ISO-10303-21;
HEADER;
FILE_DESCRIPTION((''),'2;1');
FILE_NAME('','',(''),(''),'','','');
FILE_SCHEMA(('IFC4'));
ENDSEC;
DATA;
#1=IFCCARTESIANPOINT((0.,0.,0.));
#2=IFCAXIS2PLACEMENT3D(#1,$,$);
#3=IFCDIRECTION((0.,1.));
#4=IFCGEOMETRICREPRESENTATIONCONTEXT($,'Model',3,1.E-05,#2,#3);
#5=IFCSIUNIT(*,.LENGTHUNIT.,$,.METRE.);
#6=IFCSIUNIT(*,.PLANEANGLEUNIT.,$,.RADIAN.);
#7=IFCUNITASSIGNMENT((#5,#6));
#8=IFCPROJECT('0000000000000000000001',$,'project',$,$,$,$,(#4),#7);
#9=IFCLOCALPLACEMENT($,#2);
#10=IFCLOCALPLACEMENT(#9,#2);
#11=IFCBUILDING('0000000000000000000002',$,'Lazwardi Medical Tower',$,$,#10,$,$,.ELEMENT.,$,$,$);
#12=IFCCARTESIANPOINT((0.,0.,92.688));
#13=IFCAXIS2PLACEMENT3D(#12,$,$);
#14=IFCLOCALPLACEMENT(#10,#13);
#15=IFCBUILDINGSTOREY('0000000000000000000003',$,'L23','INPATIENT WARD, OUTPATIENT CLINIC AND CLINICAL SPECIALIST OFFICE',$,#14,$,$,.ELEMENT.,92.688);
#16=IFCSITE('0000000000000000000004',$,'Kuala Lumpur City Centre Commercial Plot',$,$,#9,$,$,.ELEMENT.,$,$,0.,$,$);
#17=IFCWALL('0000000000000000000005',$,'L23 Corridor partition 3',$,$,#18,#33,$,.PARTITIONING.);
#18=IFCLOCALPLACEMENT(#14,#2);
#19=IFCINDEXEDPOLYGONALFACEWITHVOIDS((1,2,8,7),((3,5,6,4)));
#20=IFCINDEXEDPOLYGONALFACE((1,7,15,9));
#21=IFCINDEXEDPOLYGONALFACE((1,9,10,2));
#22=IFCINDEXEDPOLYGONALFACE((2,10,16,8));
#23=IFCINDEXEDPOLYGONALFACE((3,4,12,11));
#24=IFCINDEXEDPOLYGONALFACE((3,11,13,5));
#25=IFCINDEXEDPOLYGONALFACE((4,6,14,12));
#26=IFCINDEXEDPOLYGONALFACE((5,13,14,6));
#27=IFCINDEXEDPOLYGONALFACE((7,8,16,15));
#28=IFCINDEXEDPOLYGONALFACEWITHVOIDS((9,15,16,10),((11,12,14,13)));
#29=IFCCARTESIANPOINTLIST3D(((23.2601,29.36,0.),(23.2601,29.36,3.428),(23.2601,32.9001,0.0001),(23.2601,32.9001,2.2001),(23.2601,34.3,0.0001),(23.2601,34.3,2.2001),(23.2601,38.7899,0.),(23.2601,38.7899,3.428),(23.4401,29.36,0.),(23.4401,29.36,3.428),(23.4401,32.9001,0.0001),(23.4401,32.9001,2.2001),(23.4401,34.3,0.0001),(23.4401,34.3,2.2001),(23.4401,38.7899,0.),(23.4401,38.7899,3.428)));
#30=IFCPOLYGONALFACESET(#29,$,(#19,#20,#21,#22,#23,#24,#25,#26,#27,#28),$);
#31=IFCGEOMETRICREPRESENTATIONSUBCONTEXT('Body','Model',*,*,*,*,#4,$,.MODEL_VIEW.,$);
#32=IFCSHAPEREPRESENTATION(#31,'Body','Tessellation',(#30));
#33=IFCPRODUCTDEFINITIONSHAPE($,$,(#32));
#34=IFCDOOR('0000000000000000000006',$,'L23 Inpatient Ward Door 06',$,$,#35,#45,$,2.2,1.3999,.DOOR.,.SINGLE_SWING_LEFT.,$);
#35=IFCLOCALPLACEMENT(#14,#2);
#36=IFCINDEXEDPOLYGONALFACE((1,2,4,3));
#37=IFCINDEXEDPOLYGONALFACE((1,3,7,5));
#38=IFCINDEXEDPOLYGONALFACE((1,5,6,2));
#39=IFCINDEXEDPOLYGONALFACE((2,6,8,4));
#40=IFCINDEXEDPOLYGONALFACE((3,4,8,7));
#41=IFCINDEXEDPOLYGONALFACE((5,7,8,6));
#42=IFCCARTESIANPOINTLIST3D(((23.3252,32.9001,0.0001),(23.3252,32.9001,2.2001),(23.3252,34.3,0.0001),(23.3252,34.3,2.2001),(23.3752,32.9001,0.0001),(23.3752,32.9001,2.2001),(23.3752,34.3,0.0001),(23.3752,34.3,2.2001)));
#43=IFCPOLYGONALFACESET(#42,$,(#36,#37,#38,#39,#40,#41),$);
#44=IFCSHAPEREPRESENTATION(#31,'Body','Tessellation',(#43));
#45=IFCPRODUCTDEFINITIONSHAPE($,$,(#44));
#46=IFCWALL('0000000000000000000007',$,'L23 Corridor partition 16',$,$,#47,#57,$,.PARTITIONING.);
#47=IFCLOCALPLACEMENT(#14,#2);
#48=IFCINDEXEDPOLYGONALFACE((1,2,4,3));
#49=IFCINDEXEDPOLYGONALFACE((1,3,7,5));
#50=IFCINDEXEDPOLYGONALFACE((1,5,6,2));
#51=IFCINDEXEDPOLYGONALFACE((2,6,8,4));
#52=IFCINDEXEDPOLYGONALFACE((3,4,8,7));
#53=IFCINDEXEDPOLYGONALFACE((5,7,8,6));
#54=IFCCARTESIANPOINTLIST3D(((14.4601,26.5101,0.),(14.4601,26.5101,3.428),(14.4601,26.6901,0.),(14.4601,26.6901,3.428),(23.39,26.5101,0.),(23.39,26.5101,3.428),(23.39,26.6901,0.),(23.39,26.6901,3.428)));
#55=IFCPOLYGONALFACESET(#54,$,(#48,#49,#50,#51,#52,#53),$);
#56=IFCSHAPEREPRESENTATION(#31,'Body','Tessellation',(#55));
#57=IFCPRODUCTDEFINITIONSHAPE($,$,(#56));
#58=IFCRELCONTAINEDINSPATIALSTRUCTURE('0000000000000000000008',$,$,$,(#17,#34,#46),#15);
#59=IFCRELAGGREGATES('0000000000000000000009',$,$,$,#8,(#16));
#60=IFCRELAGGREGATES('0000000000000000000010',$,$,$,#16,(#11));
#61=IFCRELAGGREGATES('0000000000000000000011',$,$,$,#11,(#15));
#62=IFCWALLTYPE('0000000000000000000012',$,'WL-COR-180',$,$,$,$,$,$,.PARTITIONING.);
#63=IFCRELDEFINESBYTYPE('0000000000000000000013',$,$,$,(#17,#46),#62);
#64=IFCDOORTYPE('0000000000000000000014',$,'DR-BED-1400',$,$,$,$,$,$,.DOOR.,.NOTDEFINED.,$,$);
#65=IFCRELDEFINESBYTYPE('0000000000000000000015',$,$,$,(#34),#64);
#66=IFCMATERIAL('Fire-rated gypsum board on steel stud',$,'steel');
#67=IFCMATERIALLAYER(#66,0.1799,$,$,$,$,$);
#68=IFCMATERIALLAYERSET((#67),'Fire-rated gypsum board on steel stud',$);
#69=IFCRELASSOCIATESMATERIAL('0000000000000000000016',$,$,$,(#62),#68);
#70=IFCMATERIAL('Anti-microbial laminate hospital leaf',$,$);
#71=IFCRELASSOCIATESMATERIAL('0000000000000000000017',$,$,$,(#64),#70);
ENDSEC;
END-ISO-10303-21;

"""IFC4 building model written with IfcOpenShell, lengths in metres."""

from ifc_helpers import new_model, si_unit, direction, frame, frame_2d, origin, place, context, subcontext, project, spatial, rectangle, extrude, material, layer, layer_set, type_object, element, fill, save


model = new_model("IFC4")

# Units and contexts
model_context = context("Model", 3, precision=1e-05, world=origin(), true_north=direction((0.0, 1.0)))
body_context = subcontext(model_context, "Body", "Model", "MODEL_VIEW")
ifc_project = project(units=[si_unit("LENGTHUNIT", "METRE"), si_unit("PLANEANGLEUNIT", "RADIAN")], contexts=[model_context])

# Site, building, storey
site_placement = place(None, origin())
site = spatial("IfcSite", under=ifc_project, at=site_placement, Name="Kuala Lumpur City Centre Commercial Plot", CompositionType="ELEMENT", RefElevation=0.0)
building_placement = place(site_placement, origin())
building = spatial("IfcBuilding", under=site, at=building_placement, Name="Lazwardi Medical Tower", CompositionType="ELEMENT")
storey_placement = place(building_placement, frame((0.0, 0.0, 92.688)))
storey = spatial("IfcBuildingStorey", under=building, at=storey_placement, Name="L23", Description="INPATIENT WARD, OUTPATIENT CLINIC AND CLINICAL SPECIALIST OFFICE", CompositionType="ELEMENT", Elevation=92.688)

# Wall, opening, door
ifc_material_1 = material(Name="Fire-rated gypsum board on steel stud", Category="steel")
ifc_layer_1 = layer(ifc_material_1, 0.1799)
ifc_layer_set_1 = layer_set([ifc_layer_1], Name="Fire-rated gypsum board on steel stud")
wall_type_1 = type_object("IfcWallType", Name="WL-COR-180", PredefinedType="PARTITIONING", material=ifc_layer_set_1)
wall_1_placement = place(storey_placement, frame((23.3501, 29.3601, 0.0), z_axis=(0.0, 0.0, 1.0), x_axis=(0.0, 1.0, 0.0)))
wall_1 = element("IfcWall", 1, at=wall_1_placement, inside=storey, type_object=wall_type_1, Name="L23 Corridor partition 3", PredefinedType="PARTITIONING", context=body_context, shape_type="SweptSolid", body=[
    extrude(rectangle(XDim=9.4299, YDim=0.1799, at=frame_2d((4.7148, 0.0))), origin(), (0.0, 0.0, 1.0), 3.428),
])
opening_1_placement = place(wall_1_placement, frame((3.54, 0.0, 0.0)))
opening_1 = element("IfcOpeningElement", 2, at=opening_1_placement, cuts=wall_1, PredefinedType="OPENING", context=body_context, shape_type="SweptSolid", body=[
    extrude(rectangle(XDim=1.3999, YDim=2.2, at=frame_2d((0.7, 1.1001))), frame((0.0, 0.0999, 0.0), z_axis=(0.0, -1.0, 0.0), x_axis=(1.0, 0.0, 0.0)), (0.0, 0.0, 1.0), 0.2),
])
ifc_material_2 = material(Name="Anti-microbial laminate hospital leaf")
door_type_1 = type_object("IfcDoorType", Name="DR-BED-1400", OperationType="NOTDEFINED", PredefinedType="DOOR", material=ifc_material_2)
door_1_placement = place(opening_1_placement, origin())
door_1 = element("IfcDoor", 3, at=door_1_placement, inside=storey, type_object=door_type_1, Name="L23 Inpatient Ward Door 06", OperationType="SINGLE_SWING_LEFT", OverallHeight=2.2, OverallWidth=1.3999, PredefinedType="DOOR", context=body_context, shape_type="SweptSolid", body=[
    extrude(rectangle(XDim=1.3999, YDim=2.2, at=frame_2d((0.7, 1.1001))), frame((0.0, 0.0249, 0.0), z_axis=(0.0, -1.0, 0.0), x_axis=(1.0, 0.0, 0.0)), (0.0, 0.0, 1.0), 0.05),
])
fill(opening_1, door_1)

# Wall
wall_2_placement = place(storey_placement, frame((23.3899, 26.6001, 0.0), z_axis=(0.0, 0.0, 1.0), x_axis=(-1.0, 0.0, 0.0)))
element("IfcWall", 4, at=wall_2_placement, inside=storey, type_object=wall_type_1, Name="L23 Corridor partition 16", PredefinedType="PARTITIONING", context=body_context, shape_type="SweptSolid", body=[
    extrude(rectangle(XDim=8.9299, YDim=0.1799, at=frame_2d((4.4648, 0.0))), origin(), (0.0, 0.0, 1.0), 3.428),
])

save(model, "model.ifc")
